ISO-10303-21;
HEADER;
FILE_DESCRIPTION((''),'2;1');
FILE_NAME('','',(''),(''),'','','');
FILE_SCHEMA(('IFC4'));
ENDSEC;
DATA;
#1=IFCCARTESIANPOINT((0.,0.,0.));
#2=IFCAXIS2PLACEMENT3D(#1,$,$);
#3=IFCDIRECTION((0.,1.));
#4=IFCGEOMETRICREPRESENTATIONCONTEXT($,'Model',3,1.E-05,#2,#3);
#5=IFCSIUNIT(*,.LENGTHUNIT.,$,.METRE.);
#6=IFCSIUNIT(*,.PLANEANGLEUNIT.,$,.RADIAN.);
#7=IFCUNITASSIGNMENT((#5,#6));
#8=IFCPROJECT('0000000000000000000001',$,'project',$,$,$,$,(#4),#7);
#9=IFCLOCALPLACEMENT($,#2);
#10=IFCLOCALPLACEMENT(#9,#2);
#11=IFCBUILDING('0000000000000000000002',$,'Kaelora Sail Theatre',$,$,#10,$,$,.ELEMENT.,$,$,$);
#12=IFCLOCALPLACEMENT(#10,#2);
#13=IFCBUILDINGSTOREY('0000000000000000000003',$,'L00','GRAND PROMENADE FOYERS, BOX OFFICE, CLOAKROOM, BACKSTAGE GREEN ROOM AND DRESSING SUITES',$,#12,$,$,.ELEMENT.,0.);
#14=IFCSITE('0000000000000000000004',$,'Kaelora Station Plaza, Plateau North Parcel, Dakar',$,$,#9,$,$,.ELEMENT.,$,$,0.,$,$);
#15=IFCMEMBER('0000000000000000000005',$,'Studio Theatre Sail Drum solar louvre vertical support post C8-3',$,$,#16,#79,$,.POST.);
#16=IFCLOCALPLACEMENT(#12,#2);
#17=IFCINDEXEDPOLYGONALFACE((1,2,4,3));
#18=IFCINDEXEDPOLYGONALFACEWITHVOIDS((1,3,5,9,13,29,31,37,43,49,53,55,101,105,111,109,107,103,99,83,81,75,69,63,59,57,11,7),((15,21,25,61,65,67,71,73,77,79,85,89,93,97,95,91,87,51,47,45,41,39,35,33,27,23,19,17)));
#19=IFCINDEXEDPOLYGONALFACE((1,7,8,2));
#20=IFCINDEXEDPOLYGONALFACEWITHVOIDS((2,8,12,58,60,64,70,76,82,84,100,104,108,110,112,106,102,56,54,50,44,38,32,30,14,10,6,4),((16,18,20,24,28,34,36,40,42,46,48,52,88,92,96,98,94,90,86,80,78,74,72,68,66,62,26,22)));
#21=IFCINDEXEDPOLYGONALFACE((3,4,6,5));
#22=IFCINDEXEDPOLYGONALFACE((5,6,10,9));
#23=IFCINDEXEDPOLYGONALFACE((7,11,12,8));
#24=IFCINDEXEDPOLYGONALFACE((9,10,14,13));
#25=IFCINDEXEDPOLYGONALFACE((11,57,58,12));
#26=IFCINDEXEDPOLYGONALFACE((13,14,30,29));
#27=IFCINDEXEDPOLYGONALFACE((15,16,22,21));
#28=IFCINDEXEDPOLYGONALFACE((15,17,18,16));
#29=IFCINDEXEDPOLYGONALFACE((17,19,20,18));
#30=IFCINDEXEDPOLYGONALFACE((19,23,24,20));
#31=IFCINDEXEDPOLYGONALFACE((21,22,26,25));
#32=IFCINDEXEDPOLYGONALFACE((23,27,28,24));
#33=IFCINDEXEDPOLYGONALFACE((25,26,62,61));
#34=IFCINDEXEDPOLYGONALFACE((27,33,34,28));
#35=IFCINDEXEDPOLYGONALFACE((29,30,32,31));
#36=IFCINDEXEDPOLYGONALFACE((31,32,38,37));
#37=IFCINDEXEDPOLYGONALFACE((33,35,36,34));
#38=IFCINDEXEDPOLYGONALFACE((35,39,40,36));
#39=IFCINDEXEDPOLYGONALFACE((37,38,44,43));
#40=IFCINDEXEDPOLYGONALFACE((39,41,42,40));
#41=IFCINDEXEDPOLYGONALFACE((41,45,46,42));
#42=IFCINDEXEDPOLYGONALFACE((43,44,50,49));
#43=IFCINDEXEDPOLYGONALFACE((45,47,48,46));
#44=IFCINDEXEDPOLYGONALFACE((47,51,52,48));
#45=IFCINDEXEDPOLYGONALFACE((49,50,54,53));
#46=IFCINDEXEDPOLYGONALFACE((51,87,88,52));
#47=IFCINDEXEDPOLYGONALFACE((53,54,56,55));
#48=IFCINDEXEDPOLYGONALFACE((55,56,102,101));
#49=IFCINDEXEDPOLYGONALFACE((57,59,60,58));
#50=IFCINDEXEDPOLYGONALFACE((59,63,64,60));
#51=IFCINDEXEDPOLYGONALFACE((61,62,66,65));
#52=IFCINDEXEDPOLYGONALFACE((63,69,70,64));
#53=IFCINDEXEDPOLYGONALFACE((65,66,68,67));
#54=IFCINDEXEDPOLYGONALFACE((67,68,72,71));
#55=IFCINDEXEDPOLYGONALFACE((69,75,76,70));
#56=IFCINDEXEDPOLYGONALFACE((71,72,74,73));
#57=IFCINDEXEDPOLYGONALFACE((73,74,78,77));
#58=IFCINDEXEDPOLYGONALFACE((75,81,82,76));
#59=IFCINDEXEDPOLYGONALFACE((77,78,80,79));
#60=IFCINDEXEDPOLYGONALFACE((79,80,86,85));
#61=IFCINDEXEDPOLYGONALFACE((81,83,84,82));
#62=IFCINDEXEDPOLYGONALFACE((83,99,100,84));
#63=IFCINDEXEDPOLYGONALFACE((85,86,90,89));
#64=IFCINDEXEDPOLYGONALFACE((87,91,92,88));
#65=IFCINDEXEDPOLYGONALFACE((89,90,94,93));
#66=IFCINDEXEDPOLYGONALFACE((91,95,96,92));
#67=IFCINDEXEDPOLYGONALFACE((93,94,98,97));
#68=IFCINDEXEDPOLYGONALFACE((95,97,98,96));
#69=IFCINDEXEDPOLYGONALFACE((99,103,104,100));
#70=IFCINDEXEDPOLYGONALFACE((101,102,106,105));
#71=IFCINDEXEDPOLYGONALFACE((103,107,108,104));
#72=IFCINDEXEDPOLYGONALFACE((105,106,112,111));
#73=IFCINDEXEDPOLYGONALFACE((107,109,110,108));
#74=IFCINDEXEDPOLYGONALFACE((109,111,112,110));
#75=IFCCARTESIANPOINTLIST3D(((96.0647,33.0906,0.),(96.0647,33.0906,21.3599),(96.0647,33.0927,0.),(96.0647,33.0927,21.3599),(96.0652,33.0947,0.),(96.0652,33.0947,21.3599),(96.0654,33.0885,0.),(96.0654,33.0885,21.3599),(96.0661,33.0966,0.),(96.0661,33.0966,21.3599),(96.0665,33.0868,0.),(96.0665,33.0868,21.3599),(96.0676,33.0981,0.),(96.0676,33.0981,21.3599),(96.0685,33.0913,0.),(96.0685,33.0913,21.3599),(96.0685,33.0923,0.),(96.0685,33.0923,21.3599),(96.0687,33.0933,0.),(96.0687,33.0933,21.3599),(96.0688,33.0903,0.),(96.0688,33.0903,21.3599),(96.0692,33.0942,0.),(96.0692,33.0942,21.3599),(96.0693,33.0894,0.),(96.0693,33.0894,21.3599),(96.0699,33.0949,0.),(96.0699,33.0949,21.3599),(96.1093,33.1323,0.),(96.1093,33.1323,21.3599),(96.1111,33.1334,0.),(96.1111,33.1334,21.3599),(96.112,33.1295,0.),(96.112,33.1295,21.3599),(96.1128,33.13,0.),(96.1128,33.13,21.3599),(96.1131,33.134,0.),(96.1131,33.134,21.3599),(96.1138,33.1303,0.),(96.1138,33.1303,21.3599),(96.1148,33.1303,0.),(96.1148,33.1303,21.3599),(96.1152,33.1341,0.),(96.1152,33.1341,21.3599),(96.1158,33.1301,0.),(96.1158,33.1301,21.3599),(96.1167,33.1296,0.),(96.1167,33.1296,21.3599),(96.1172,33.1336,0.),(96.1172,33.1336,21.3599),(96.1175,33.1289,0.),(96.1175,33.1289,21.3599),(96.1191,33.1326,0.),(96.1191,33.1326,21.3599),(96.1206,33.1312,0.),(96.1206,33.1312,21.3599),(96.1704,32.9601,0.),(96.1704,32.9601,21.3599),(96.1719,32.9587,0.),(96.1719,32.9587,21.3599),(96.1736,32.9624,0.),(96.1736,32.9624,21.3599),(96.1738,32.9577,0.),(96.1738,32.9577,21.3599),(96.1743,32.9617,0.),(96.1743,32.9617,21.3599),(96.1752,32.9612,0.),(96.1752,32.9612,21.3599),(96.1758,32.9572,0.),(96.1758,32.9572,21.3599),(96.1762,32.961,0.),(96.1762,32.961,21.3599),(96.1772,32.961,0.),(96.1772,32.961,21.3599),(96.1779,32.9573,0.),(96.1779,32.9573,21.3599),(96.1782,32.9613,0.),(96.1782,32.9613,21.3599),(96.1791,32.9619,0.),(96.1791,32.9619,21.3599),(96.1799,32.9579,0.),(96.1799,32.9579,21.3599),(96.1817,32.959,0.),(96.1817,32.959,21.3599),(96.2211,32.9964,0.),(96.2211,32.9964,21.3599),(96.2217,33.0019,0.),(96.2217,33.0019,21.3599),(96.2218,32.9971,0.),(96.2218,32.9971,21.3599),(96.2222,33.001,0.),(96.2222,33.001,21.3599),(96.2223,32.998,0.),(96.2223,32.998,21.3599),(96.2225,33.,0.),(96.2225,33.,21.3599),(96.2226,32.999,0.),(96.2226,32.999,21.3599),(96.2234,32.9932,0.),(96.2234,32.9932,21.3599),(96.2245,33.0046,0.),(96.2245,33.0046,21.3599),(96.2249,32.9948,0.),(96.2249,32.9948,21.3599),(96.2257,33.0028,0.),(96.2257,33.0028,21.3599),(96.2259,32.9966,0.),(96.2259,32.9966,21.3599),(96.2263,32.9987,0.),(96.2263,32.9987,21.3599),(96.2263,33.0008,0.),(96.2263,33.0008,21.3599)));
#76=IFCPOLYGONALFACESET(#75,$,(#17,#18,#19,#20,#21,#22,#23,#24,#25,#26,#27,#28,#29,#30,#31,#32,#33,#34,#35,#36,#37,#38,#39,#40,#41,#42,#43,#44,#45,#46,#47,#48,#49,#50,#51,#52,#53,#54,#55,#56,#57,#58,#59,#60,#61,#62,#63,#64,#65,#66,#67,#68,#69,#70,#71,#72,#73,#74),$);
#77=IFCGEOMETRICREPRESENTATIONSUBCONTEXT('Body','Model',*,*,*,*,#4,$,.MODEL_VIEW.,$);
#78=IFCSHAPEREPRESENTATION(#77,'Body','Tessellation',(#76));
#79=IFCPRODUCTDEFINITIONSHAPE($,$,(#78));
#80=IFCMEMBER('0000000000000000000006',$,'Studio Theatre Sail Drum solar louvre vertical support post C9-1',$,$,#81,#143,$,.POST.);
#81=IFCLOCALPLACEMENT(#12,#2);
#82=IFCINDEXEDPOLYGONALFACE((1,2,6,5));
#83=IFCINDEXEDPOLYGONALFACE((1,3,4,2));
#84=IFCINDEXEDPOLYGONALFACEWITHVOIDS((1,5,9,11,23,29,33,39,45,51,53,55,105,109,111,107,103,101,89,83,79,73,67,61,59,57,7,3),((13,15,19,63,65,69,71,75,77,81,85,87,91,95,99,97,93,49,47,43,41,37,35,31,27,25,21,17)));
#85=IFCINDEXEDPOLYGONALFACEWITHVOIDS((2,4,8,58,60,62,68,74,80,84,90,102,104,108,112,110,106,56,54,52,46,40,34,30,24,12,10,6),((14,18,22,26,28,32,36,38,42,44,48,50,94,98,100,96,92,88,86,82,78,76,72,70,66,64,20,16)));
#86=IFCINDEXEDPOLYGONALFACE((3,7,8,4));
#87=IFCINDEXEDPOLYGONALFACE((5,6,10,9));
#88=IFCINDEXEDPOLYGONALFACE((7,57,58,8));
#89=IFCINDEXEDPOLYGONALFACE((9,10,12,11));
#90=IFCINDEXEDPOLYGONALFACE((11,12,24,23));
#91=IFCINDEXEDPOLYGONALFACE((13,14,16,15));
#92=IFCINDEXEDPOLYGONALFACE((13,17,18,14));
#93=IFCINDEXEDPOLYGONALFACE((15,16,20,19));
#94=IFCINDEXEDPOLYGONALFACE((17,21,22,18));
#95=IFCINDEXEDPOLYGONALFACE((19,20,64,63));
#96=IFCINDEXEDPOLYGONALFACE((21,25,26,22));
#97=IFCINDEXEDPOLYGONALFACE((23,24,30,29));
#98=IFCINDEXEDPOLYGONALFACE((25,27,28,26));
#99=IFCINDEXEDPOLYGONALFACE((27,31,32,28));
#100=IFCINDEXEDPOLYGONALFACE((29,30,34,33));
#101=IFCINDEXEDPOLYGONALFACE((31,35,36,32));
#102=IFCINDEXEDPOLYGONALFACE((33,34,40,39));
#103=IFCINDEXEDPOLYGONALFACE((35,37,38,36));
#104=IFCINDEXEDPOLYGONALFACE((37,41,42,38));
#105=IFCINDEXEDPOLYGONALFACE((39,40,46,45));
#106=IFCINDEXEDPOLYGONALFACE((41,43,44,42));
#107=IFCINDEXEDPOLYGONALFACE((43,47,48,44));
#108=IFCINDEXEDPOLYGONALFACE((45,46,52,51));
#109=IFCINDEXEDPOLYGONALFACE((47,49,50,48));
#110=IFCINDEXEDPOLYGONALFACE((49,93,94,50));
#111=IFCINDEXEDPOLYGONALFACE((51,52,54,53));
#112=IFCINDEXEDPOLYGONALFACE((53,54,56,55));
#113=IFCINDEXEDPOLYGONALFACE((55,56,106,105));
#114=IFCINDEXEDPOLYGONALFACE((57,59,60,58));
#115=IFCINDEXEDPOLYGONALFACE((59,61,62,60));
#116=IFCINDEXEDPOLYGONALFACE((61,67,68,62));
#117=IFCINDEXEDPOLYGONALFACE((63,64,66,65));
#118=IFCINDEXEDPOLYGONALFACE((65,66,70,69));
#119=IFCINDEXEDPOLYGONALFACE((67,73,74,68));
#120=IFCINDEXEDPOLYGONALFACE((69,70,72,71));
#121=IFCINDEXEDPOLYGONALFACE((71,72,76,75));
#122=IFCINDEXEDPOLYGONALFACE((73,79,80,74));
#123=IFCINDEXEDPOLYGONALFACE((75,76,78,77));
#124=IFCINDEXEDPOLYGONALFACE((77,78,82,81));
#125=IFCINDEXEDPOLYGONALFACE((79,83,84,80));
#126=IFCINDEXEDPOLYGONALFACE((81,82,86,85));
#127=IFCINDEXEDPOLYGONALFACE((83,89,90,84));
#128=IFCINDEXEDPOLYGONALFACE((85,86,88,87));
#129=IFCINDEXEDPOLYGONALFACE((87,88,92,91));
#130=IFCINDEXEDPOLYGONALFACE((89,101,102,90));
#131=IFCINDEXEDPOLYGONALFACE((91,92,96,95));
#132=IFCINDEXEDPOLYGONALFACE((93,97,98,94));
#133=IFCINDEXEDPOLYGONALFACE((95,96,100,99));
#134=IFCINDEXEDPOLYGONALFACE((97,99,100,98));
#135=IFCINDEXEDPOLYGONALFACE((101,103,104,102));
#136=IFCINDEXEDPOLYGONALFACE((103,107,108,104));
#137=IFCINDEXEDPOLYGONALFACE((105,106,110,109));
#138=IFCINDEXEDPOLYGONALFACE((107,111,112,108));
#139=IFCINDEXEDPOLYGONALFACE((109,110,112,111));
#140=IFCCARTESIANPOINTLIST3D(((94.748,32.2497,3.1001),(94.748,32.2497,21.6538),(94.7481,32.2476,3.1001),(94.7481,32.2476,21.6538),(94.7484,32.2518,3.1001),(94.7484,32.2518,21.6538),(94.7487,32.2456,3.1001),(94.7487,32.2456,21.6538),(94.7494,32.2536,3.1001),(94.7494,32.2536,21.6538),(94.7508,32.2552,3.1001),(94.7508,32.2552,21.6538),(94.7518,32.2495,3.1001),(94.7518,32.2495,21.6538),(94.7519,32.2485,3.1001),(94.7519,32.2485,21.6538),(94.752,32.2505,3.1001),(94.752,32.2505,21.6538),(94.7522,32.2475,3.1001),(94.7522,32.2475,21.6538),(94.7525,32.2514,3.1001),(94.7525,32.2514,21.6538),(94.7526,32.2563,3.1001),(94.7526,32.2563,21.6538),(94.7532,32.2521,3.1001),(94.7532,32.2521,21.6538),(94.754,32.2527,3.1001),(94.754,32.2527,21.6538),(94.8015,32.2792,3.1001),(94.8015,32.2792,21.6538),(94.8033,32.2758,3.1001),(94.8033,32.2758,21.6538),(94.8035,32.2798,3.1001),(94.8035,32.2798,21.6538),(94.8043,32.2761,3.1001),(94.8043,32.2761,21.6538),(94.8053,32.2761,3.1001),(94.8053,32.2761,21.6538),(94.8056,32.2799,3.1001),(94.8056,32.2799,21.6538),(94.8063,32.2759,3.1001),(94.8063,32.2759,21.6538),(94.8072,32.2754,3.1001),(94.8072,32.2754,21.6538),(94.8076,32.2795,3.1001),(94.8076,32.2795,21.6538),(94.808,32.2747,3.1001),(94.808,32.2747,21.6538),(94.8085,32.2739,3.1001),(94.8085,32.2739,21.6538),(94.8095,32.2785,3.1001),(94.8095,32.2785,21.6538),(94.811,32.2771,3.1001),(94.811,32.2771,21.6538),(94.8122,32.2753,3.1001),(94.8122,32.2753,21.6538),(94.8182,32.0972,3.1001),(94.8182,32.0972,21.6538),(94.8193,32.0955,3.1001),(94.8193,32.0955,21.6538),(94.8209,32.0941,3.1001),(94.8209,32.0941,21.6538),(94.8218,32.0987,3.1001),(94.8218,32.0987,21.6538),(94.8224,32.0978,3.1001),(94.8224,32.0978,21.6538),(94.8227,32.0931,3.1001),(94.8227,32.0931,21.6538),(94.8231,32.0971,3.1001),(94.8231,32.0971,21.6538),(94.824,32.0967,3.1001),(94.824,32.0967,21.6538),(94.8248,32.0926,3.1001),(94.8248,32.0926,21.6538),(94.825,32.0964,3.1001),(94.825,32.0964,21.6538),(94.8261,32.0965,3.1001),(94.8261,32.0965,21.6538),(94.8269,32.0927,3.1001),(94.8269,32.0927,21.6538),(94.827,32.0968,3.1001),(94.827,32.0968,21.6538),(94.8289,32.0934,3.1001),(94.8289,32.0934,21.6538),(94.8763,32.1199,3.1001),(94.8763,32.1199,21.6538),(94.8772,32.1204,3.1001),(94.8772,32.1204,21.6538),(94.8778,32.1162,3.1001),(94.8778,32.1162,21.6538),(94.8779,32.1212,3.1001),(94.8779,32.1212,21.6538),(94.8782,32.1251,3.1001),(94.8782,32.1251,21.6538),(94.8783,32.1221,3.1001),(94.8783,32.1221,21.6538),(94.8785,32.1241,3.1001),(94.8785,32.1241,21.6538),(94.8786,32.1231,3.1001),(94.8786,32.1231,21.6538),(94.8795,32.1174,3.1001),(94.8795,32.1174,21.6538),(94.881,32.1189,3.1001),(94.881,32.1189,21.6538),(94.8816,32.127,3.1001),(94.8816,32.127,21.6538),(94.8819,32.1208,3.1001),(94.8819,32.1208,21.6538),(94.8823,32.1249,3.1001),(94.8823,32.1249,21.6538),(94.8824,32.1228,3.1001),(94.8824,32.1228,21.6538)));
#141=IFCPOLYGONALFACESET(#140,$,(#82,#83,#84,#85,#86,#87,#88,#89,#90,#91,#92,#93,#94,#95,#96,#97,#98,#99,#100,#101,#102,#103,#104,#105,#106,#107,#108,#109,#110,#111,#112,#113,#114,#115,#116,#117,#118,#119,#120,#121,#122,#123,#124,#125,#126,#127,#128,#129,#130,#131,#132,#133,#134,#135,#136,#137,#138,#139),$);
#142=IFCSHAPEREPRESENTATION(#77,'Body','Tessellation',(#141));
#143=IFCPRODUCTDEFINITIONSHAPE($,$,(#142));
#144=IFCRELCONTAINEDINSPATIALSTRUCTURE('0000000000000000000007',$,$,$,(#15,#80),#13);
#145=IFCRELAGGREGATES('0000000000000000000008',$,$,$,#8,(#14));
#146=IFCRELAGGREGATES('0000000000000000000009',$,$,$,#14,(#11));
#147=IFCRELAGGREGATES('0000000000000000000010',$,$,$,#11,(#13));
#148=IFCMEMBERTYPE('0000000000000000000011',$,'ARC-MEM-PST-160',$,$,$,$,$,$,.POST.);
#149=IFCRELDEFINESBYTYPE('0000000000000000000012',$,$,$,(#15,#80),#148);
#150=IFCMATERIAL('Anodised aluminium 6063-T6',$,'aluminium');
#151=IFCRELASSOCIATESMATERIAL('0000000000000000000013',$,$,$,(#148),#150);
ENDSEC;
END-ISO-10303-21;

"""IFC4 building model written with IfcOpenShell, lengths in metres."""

from ifc_helpers import new_model, si_unit, direction, frame, origin, origin_2d, place, context, subcontext, project, spatial, hollow_rectangle, extrude, material, material_profile, profile_set, type_object, element, save


model = new_model("IFC4")

# Units and contexts
model_context = context("Model", 3, precision=1e-05, world=origin(), true_north=direction((0.0, 1.0)))
body_context = subcontext(model_context, "Body", "Model", "MODEL_VIEW")
ifc_project = project(units=[si_unit("LENGTHUNIT", "METRE"), si_unit("PLANEANGLEUNIT", "RADIAN")], contexts=[model_context])

# Site, building, storey
site_placement = place(None, origin())
site = spatial("IfcSite", under=ifc_project, at=site_placement, Name="Kaelora Station Plaza, Plateau North Parcel, Dakar", CompositionType="ELEMENT", RefElevation=0.0)
building_placement = place(site_placement, origin())
building = spatial("IfcBuilding", under=site, at=building_placement, Name="Kaelora Sail Theatre", CompositionType="ELEMENT")
storey_placement = place(building_placement, origin())
storey = spatial("IfcBuildingStorey", under=building, at=storey_placement, Name="L00", Description="GRAND PROMENADE FOYERS, BOX OFFICE, CLOAKROOM, BACKSTAGE GREEN ROOM AND DRESSING SUITES", CompositionType="ELEMENT", Elevation=0.0)

# Members
ifc_material_1 = material(Name="Anodised aluminium 6063-T6", Category="aluminium")
ifc_material_profile_1 = material_profile(ifc_material_1, hollow_rectangle(XDim=0.0701, YDim=0.1799, WallThickness=0.0039, InnerFilletRadius=0.0039, OuterFilletRadius=0.0081, at=origin_2d()), Name="ALU-MULL 70x180x4")
ifc_profile_set_1 = profile_set([ifc_material_profile_1], Name="Anodised aluminium 6063-T6")
member_type_1 = type_object("IfcMemberType", Name="ARC-MEM-PST-160", PredefinedType="POST", material=ifc_profile_set_1)
for number, where, z_axis, x_axis, name in (
    (1, (96.1455, 33.0457, 0.0), (0.0, 0.0, 1.0), (-0.773066, -0.634326, 0.0), "Studio Theatre Sail Drum solar louvre vertical support post C8-3"),
):
    element("IfcMember", number, at=place(storey_placement, frame(where, z_axis=z_axis, x_axis=x_axis)), inside=storey, type_object=member_type_1, Name=name, PredefinedType="POST", context=body_context, shape_type="SweptSolid", body=[
        extrude(hollow_rectangle(XDim=0.0701, YDim=0.1799, WallThickness=0.0039, InnerFilletRadius=0.0039, OuterFilletRadius=0.0081, at=origin_2d()), origin(), (0.0, 0.0, 1.0), 21.3599),
    ])
for number, where, z_axis, x_axis, name in (
    (2, (94.8152, 32.1863, 3.1001), (0.0, 0.0, 1.0), (-0.905643, -0.424041, 0.0), "Studio Theatre Sail Drum solar louvre vertical support post C9-1"),
):
    element("IfcMember", number, at=place(storey_placement, frame(where, z_axis=z_axis, x_axis=x_axis)), inside=storey, type_object=member_type_1, Name=name, PredefinedType="POST", context=body_context, shape_type="SweptSolid", body=[
        extrude(hollow_rectangle(XDim=0.0701, YDim=0.1799, WallThickness=0.0039, InnerFilletRadius=0.0039, OuterFilletRadius=0.0081, at=origin_2d()), origin(), (0.0, 0.0, 1.0), 18.5537),
    ])

save(model, "model.ifc")
